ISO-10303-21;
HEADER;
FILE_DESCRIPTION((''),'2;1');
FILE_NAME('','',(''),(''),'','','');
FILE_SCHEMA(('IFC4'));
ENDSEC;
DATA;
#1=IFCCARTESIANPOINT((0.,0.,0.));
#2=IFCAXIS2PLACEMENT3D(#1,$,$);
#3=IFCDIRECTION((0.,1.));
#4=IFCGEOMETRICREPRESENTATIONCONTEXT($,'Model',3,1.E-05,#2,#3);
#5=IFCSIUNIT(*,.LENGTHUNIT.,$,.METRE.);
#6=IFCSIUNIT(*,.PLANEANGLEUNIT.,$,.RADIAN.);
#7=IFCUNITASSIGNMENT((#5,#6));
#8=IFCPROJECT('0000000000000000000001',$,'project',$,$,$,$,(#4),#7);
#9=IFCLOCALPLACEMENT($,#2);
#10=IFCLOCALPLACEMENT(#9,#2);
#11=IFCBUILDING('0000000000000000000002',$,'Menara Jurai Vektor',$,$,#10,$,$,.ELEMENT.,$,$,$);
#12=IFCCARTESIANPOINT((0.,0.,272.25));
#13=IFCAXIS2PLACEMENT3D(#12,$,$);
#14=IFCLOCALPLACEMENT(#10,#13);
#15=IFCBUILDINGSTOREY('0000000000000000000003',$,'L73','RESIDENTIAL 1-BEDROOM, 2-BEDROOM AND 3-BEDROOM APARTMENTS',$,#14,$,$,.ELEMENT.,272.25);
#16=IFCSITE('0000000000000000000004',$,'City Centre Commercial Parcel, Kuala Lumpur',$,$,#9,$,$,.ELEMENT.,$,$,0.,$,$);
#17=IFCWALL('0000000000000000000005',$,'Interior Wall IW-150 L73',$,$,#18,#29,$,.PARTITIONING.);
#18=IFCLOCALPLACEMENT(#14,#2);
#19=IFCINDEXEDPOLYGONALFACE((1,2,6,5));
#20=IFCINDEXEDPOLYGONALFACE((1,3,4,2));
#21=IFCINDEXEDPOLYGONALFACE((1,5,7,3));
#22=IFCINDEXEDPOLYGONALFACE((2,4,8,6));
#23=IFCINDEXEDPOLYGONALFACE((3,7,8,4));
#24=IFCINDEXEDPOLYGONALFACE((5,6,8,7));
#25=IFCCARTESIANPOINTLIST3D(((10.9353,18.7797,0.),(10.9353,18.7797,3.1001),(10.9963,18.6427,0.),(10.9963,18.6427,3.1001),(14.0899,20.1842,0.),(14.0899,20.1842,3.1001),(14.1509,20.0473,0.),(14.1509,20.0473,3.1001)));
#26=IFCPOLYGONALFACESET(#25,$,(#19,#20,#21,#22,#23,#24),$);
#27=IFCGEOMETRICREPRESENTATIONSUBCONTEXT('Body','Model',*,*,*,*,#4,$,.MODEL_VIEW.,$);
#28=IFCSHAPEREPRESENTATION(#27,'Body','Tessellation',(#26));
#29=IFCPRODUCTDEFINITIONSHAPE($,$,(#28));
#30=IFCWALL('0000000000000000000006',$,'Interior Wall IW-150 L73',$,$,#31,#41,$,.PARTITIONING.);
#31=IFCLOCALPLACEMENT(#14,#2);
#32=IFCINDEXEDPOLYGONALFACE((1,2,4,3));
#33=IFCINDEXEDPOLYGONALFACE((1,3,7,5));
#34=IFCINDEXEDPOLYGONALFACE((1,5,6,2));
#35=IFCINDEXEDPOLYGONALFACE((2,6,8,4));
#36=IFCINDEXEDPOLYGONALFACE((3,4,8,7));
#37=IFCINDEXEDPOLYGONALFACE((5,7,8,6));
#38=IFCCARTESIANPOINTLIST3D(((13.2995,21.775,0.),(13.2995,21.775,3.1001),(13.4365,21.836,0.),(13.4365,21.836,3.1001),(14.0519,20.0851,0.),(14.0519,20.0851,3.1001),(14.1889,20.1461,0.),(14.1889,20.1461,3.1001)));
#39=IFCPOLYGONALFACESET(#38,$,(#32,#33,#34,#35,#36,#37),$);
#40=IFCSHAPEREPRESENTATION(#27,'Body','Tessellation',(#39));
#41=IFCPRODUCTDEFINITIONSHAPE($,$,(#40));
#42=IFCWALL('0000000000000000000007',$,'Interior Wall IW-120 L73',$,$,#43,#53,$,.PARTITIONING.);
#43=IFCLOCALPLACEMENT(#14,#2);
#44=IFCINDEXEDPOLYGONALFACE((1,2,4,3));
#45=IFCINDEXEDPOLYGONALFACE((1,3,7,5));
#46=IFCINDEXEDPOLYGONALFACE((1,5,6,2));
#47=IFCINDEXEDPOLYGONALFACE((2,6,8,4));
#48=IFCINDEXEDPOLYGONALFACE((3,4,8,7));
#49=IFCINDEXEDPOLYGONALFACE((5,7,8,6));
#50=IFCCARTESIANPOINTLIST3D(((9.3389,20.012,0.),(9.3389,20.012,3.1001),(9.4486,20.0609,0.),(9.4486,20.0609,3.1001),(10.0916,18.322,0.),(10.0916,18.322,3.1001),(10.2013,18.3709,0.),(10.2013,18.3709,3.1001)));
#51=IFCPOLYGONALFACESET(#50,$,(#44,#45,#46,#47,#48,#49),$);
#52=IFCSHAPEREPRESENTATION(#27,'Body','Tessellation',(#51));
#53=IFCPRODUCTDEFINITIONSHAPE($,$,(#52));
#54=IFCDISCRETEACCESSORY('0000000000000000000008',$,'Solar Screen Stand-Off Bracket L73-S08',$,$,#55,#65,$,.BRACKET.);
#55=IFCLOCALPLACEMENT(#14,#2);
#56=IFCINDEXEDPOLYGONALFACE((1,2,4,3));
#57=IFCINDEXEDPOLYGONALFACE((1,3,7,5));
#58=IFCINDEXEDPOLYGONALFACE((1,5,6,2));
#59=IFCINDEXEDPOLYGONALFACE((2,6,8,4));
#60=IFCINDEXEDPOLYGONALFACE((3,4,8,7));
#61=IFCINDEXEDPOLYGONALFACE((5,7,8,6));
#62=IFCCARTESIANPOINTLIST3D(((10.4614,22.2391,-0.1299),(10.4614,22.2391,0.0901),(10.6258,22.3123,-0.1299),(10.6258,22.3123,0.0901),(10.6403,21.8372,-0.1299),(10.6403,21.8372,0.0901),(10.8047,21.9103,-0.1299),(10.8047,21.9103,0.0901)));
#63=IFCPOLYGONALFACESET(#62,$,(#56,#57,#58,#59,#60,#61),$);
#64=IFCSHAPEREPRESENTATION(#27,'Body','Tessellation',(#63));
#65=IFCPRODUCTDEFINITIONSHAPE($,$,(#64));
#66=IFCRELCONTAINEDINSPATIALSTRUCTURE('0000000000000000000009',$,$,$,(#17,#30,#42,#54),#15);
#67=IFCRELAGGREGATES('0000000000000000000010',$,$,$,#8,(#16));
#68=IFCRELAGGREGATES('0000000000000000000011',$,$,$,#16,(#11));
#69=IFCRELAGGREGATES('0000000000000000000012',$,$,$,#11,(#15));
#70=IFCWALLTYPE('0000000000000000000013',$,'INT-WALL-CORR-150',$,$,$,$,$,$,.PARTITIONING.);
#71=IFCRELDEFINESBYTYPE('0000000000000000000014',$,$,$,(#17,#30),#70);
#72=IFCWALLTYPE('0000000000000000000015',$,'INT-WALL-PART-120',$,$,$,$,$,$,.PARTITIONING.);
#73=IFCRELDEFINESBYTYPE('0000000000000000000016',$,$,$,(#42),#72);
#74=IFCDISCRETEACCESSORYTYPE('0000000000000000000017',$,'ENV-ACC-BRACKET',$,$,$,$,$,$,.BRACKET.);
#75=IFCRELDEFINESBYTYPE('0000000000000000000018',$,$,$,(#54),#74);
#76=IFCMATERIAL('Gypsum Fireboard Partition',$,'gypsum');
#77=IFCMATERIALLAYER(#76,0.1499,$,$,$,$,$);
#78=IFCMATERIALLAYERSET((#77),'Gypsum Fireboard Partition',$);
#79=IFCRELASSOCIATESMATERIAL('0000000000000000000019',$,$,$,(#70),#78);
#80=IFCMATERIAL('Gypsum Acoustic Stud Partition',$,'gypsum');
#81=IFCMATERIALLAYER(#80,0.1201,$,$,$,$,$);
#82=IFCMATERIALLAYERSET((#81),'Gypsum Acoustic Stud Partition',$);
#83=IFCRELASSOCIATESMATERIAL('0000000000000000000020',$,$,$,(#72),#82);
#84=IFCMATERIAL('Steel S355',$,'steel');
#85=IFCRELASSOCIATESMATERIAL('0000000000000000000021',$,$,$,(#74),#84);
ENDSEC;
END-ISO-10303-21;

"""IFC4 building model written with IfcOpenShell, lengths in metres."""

from ifc_helpers import new_model, si_unit, direction, frame, frame_2d, origin, origin_2d, place, context, subcontext, project, spatial, rectangle, extrude, material, layer, layer_set, type_object, element, save


model = new_model("IFC4")

# Units and contexts
model_context = context("Model", 3, precision=1e-05, world=origin(), true_north=direction((0.0, 1.0)))
body_context = subcontext(model_context, "Body", "Model", "MODEL_VIEW")
ifc_project = project(units=[si_unit("LENGTHUNIT", "METRE"), si_unit("PLANEANGLEUNIT", "RADIAN")], contexts=[model_context])

# Site, building, storey
site_placement = place(None, origin())
site = spatial("IfcSite", under=ifc_project, at=site_placement, Name="City Centre Commercial Parcel, Kuala Lumpur", CompositionType="ELEMENT", RefElevation=0.0)
building_placement = place(site_placement, origin())
building = spatial("IfcBuilding", under=site, at=building_placement, Name="Menara Jurai Vektor", CompositionType="ELEMENT")
storey_placement = place(building_placement, frame((0.0, 0.0, 272.25)))
storey = spatial("IfcBuildingStorey", under=building, at=storey_placement, Name="L73", Description="RESIDENTIAL 1-BEDROOM, 2-BEDROOM AND 3-BEDROOM APARTMENTS", CompositionType="ELEMENT", Elevation=272.25)

# Shared definitions
ifc_material_1 = material(Name="Steel S355", Category="steel")

# Shared definitions
ifc_material_2 = material(Name="Gypsum Fireboard Partition", Category="gypsum")
ifc_layer_1 = layer(ifc_material_2, 0.1499)
ifc_layer_set_1 = layer_set([ifc_layer_1], Name="Gypsum Fireboard Partition")
wall_type_1 = type_object("IfcWallType", Name="INT-WALL-CORR-150", PredefinedType="PARTITIONING", material=ifc_layer_set_1)

# Walls
wall_1_placement = place(storey_placement, frame((10.9658, 18.7112, 0.0), z_axis=(0.0, 0.0, 1.0), x_axis=(0.91354, 0.406748, 0.0)))
element("IfcWall", 1, at=wall_1_placement, inside=storey, type_object=wall_type_1, Name="Interior Wall IW-150 L73", PredefinedType="PARTITIONING", context=body_context, shape_type="SweptSolid", body=[
    extrude(rectangle(XDim=3.4531, YDim=0.1499, at=frame_2d((1.7266, 0.0))), origin(), (0.0, 0.0, 1.0), 3.1001),
])
wall_2_placement = place(storey_placement, frame((14.1204, 20.1157, 0.0), z_axis=(0.0, 0.0, 1.0), x_axis=(-0.406751, 0.913539, 0.0)))
element("IfcWall", 2, at=wall_2_placement, inside=storey, type_object=wall_type_1, Name="Interior Wall IW-150 L73", PredefinedType="PARTITIONING", context=body_context, shape_type="SweptSolid", body=[
    extrude(rectangle(XDim=1.8499, YDim=0.1499, at=frame_2d((0.9248, 0.0))), origin(), (0.0, 0.0, 1.0), 3.1001),
])
ifc_material_3 = material(Name="Gypsum Acoustic Stud Partition", Category="gypsum")
ifc_layer_2 = layer(ifc_material_3, 0.1201)
ifc_layer_set_2 = layer_set([ifc_layer_2], Name="Gypsum Acoustic Stud Partition")
wall_type_2 = type_object("IfcWallType", Name="INT-WALL-PART-120", PredefinedType="PARTITIONING", material=ifc_layer_set_2)
wall_3_placement = place(storey_placement, frame((10.1465, 18.3464, 0.0), z_axis=(0.0, 0.0, 1.0), x_axis=(-0.406861, 0.91349, 0.0)))
element("IfcWall", 3, at=wall_3_placement, inside=storey, type_object=wall_type_2, Name="Interior Wall IW-120 L73", PredefinedType="PARTITIONING", context=body_context, shape_type="SweptSolid", body=[
    extrude(rectangle(XDim=1.8501, YDim=0.1201, at=frame_2d((0.925, 0.0))), origin(), (0.0, 0.0, 1.0), 3.1001),
])

# Discrete accessory
discrete_accessory_type = type_object("IfcDiscreteAccessoryType", Name="ENV-ACC-BRACKET", PredefinedType="BRACKET", material=ifc_material_1)
discrete_accessory_placement = place(storey_placement, frame((10.6331, 22.0747, -0.1299), z_axis=(0.0, 0.0, 1.0), x_axis=(-0.913545, -0.406737, 0.0)))
element("IfcDiscreteAccessory", 4, at=discrete_accessory_placement, inside=storey, type_object=discrete_accessory_type, Name="Solar Screen Stand-Off Bracket L73-S08", PredefinedType="BRACKET", context=body_context, shape_type="SweptSolid", body=[
    extrude(rectangle(XDim=0.1799, YDim=0.4399, at=origin_2d()), origin(), (0.0, 0.0, 1.0), 0.22),
])

save(model, "model.ifc")
